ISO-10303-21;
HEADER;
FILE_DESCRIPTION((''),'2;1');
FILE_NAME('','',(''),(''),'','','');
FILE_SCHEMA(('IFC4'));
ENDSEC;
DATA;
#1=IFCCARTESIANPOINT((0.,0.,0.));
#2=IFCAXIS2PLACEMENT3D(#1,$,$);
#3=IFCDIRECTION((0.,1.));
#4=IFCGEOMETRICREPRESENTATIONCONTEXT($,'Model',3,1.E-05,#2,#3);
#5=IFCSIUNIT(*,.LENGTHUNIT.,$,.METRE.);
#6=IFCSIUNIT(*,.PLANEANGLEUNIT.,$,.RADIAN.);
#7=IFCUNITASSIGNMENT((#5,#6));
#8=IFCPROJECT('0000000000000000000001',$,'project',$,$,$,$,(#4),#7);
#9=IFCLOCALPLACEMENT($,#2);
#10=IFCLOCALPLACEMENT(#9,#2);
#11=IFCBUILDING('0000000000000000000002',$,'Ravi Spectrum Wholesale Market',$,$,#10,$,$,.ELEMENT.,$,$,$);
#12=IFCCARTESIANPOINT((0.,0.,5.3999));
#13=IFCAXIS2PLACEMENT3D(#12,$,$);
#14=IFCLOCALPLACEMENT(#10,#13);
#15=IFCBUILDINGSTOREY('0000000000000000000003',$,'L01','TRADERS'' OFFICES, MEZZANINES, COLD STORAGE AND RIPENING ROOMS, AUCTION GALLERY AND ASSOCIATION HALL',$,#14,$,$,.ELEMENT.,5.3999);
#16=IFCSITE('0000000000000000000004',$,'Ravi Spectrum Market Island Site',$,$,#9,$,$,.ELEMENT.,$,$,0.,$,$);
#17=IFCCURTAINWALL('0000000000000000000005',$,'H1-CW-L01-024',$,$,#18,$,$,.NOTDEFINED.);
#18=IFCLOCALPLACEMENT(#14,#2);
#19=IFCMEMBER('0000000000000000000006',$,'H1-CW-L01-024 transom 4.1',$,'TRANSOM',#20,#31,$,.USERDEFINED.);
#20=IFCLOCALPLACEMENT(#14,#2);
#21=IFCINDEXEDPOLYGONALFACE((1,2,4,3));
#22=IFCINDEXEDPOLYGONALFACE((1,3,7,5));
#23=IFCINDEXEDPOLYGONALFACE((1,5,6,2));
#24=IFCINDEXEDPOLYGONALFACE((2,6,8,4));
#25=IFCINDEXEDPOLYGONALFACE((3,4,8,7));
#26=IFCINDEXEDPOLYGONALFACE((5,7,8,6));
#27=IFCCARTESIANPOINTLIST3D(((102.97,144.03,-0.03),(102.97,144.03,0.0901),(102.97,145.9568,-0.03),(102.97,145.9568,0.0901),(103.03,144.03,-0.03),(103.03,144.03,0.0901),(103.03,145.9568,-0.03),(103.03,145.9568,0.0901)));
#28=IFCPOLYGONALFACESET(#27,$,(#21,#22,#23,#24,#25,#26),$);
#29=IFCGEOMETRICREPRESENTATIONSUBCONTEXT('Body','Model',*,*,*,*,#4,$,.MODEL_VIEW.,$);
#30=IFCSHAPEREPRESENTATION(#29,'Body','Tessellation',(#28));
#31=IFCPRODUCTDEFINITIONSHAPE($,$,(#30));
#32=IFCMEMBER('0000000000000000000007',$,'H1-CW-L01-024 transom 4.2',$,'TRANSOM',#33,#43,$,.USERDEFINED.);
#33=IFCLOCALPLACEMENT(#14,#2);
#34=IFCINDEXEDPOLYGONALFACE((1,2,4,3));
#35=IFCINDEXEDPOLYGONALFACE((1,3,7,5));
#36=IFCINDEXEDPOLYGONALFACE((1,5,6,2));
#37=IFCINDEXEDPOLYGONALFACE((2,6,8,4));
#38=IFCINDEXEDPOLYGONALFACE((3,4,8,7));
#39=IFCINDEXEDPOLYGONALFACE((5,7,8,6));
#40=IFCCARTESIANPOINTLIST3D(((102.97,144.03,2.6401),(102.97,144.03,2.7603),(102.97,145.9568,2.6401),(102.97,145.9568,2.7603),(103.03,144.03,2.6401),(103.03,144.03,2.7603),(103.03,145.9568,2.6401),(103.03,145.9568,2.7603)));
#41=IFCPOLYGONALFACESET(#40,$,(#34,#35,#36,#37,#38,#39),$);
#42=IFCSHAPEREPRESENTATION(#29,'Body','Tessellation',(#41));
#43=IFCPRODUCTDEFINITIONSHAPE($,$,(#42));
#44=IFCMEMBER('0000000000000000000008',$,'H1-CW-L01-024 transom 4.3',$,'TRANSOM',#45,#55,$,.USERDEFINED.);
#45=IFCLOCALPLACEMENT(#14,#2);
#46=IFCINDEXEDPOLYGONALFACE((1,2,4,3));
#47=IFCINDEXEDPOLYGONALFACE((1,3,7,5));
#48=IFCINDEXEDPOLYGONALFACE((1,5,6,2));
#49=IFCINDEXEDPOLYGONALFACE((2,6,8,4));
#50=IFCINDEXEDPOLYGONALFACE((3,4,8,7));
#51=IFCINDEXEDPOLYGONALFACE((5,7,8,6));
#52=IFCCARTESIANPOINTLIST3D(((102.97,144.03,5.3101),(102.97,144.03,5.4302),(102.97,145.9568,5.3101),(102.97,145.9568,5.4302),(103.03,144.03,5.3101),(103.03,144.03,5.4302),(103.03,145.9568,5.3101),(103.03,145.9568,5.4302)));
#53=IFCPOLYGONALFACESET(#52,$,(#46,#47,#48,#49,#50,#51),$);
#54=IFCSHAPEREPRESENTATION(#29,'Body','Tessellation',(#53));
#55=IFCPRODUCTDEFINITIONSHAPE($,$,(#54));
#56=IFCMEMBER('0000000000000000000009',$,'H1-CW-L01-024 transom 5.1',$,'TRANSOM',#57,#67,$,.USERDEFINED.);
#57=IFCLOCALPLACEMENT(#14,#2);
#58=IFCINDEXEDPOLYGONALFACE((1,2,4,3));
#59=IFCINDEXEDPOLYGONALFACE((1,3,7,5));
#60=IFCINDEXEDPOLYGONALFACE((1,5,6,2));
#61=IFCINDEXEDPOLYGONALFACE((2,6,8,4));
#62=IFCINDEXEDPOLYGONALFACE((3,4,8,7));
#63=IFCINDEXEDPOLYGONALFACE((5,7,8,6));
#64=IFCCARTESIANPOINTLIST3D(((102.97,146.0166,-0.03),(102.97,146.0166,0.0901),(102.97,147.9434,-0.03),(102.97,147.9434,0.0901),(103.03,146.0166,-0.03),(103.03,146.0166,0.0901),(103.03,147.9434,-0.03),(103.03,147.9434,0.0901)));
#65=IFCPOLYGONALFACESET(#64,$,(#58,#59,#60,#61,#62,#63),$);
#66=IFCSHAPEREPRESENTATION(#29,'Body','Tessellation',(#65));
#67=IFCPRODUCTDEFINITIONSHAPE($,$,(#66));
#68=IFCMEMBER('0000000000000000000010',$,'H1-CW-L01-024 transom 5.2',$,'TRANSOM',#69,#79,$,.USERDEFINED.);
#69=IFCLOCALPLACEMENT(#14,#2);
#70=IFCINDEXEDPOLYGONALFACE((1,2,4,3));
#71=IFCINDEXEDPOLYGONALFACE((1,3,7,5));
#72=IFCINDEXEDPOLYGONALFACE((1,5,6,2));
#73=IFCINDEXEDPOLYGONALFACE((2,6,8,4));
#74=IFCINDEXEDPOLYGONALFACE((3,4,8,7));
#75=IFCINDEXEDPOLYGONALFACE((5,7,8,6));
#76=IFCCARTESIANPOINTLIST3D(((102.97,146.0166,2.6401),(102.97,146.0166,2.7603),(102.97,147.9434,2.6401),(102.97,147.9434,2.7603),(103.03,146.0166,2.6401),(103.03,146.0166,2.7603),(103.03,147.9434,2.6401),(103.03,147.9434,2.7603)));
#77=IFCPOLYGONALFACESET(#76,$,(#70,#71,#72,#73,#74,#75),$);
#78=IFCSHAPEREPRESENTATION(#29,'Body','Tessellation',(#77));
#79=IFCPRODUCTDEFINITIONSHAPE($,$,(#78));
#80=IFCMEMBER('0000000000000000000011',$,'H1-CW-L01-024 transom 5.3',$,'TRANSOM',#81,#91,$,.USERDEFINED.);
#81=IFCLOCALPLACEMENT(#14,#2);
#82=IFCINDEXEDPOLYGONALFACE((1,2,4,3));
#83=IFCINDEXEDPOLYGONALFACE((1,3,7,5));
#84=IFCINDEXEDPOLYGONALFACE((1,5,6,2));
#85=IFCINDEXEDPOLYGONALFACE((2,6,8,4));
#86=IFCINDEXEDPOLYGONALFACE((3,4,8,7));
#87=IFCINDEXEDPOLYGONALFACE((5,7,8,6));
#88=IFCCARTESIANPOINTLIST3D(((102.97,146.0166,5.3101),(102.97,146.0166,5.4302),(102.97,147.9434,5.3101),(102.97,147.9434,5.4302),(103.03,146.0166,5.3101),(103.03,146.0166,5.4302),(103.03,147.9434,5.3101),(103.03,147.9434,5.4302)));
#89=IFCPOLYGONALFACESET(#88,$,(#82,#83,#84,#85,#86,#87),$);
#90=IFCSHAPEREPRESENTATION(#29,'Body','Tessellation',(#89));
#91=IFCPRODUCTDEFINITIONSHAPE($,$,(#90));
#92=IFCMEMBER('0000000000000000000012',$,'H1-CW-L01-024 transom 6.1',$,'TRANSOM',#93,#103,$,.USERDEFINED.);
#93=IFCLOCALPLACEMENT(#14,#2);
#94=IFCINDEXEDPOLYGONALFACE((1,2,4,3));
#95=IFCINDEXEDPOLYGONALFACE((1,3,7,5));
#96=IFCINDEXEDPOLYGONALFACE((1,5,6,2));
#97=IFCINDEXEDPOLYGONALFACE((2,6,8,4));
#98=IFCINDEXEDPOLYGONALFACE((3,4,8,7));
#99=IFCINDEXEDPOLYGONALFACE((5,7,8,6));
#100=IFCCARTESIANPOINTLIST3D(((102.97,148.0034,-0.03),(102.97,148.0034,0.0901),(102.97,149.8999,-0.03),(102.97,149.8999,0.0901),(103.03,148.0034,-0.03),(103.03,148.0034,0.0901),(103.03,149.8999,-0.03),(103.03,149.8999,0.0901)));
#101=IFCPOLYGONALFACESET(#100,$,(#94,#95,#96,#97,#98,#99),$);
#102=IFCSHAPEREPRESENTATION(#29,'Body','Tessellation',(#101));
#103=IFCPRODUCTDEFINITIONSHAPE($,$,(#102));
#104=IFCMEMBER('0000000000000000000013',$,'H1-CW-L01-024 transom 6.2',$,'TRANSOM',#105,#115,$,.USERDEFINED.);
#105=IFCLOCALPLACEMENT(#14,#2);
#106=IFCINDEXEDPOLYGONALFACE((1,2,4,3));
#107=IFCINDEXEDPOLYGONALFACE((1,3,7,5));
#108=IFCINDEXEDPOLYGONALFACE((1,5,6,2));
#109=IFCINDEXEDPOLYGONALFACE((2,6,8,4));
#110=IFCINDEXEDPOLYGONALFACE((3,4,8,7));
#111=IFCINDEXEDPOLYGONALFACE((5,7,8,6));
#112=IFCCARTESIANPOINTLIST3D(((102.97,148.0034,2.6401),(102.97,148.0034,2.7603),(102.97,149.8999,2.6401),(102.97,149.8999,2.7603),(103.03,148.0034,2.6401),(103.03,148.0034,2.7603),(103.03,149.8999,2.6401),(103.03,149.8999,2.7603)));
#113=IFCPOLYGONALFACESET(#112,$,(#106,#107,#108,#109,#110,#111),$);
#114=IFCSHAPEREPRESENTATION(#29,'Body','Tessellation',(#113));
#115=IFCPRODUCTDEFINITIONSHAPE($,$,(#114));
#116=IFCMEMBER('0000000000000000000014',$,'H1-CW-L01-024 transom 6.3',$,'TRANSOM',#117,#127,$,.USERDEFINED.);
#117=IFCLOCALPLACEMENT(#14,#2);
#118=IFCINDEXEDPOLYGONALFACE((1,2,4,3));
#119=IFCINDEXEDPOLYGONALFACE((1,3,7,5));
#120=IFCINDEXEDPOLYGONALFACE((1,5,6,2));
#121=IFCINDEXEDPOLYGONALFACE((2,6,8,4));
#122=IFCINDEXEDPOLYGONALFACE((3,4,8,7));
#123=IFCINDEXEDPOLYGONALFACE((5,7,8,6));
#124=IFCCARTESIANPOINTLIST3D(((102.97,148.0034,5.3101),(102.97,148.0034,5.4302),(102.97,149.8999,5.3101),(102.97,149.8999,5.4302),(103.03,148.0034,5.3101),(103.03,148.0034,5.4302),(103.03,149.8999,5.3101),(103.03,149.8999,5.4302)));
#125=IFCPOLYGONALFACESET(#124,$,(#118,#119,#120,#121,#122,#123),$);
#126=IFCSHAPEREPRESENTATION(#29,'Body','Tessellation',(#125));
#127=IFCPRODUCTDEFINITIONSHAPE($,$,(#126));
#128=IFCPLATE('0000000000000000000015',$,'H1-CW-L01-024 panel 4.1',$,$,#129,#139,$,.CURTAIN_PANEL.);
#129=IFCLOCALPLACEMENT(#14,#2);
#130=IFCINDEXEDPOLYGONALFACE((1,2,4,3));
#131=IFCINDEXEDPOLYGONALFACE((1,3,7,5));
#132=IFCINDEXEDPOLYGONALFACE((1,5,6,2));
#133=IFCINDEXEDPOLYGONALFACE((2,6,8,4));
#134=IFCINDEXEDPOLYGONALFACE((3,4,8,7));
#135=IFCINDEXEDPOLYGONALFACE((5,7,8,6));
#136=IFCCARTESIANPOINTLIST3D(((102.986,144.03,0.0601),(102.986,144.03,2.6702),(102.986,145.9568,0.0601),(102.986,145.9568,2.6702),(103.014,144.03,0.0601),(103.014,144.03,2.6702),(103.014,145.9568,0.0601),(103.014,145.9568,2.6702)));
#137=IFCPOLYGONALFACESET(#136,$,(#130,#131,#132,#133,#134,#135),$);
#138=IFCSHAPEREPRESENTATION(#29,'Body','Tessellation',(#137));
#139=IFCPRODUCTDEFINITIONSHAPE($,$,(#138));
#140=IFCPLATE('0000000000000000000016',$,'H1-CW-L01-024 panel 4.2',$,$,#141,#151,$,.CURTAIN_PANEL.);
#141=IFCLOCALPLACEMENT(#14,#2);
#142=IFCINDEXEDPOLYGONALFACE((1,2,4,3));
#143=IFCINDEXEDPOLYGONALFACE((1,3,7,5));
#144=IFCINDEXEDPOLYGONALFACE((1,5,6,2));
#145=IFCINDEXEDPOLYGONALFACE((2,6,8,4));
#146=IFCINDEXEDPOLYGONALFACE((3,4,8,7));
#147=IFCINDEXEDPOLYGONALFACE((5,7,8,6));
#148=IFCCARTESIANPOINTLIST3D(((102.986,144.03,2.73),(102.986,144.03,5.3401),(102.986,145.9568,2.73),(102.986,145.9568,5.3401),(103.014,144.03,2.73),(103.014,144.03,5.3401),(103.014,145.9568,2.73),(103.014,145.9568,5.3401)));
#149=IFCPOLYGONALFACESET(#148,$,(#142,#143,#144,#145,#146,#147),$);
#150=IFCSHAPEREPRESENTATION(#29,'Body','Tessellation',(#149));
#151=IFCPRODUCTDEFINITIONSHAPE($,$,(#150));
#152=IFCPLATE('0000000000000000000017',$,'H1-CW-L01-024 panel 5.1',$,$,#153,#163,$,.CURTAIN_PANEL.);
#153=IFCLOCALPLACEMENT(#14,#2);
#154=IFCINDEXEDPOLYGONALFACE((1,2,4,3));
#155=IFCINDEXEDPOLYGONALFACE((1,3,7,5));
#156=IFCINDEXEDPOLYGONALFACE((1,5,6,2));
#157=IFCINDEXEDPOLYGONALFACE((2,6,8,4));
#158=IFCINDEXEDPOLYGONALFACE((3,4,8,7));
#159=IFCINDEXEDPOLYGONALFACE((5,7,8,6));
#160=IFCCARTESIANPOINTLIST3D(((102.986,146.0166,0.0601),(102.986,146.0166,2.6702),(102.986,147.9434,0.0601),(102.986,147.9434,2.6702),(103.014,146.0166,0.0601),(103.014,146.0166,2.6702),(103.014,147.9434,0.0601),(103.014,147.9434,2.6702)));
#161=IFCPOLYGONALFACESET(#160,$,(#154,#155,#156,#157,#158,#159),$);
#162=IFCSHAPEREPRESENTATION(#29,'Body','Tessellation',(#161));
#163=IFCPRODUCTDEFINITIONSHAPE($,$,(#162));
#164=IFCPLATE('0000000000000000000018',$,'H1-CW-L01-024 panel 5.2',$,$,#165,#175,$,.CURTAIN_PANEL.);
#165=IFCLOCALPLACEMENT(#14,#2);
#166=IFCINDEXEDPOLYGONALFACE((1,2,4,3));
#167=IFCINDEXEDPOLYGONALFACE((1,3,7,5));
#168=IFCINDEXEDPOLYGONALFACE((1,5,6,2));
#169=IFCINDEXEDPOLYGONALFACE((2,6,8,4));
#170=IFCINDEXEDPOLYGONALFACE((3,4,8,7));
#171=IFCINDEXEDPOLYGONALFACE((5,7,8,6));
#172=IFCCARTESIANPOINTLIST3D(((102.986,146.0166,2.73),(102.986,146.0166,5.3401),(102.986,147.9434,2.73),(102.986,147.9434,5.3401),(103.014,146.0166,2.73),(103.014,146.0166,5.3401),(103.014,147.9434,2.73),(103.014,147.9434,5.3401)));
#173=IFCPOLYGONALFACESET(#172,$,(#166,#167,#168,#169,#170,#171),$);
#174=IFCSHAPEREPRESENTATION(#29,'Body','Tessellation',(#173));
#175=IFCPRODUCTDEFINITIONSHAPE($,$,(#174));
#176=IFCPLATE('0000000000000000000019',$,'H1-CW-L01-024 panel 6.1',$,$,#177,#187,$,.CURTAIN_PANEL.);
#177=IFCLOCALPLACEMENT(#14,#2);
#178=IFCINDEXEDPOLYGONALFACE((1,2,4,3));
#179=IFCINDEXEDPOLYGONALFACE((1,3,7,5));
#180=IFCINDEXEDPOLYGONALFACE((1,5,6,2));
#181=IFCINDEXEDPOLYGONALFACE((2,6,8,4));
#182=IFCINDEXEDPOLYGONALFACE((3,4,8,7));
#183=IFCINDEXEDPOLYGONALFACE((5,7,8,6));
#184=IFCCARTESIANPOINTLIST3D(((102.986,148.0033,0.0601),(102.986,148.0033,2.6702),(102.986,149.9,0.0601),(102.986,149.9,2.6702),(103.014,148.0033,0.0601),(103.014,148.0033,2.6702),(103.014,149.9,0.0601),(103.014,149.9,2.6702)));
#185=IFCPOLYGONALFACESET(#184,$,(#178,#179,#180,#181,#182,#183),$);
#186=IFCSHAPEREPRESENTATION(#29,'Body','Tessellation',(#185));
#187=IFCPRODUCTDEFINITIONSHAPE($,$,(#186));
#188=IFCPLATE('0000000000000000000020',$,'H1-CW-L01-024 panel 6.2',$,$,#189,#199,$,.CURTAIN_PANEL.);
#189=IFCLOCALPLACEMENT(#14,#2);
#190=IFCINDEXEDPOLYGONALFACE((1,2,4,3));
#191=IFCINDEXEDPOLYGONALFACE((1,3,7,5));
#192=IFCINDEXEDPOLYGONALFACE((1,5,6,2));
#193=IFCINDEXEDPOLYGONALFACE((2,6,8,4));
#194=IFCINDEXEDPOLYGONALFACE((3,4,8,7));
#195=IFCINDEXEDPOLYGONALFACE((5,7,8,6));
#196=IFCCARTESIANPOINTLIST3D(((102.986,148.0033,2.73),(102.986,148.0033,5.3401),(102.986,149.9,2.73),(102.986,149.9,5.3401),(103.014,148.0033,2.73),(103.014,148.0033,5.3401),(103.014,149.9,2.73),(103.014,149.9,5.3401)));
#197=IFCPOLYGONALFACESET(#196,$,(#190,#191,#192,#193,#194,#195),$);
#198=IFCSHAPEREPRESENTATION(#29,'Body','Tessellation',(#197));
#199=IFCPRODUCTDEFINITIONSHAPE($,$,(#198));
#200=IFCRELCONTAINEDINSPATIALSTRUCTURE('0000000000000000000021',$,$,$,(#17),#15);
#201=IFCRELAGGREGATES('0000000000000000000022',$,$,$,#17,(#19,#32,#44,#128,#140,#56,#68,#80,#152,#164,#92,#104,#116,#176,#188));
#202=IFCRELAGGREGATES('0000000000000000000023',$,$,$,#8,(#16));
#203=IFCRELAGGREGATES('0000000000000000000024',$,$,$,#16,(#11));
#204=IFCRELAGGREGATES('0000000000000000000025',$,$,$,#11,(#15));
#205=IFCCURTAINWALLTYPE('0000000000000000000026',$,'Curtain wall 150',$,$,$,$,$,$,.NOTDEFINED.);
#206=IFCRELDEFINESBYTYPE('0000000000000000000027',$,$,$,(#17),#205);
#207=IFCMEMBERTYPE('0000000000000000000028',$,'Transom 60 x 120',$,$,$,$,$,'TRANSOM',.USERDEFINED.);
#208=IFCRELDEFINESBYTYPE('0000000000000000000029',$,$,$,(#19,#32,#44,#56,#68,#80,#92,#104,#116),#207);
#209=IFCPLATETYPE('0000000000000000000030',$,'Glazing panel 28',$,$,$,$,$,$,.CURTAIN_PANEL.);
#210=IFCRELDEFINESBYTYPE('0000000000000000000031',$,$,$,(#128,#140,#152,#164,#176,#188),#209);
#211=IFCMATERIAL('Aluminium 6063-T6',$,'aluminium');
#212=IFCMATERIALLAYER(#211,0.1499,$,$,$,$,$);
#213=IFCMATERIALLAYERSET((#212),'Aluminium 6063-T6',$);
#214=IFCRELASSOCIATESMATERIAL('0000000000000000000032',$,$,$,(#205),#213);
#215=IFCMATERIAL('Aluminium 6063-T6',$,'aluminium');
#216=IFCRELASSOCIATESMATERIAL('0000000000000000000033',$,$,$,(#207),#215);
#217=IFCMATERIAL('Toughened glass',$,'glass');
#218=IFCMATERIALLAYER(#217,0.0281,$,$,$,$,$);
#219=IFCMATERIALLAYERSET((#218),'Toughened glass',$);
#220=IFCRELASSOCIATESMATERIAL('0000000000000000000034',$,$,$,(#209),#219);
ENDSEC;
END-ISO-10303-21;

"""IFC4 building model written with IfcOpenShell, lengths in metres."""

from ifc_helpers import new_model, si_unit, direction, frame, origin, origin_2d, place, context, subcontext, project, spatial, rectangle, extrude, material, layer, layer_set, material_profile, profile_set, type_object, element, aggregate, save


model = new_model("IFC4")

# Units and contexts
model_context = context("Model", 3, precision=1e-05, world=origin(), true_north=direction((0.0, 1.0)))
body_context = subcontext(model_context, "Body", "Model", "MODEL_VIEW")
ifc_project = project(units=[si_unit("LENGTHUNIT", "METRE"), si_unit("PLANEANGLEUNIT", "RADIAN")], contexts=[model_context])

# Site, building, storey
site_placement = place(None, origin())
site = spatial("IfcSite", under=ifc_project, at=site_placement, Name="Ravi Spectrum Market Island Site", CompositionType="ELEMENT", RefElevation=0.0)
building_placement = place(site_placement, origin())
building = spatial("IfcBuilding", under=site, at=building_placement, Name="Ravi Spectrum Wholesale Market", CompositionType="ELEMENT")
storey_placement = place(building_placement, frame((0.0, 0.0, 5.3999)))
storey = spatial("IfcBuildingStorey", under=building, at=storey_placement, Name="L01", Description="TRADERS' OFFICES, MEZZANINES, COLD STORAGE AND RIPENING ROOMS, AUCTION GALLERY AND ASSOCIATION HALL", CompositionType="ELEMENT", Elevation=5.3999)

# Curtain wall, members, plates
ifc_material_1 = material(Name="Aluminium 6063-T6", Category="aluminium")
ifc_layer_1 = layer(ifc_material_1, 0.1499)
ifc_layer_set_1 = layer_set([ifc_layer_1], Name="Aluminium 6063-T6")
curtain_wall_type = type_object("IfcCurtainWallType", Name="Curtain wall 150", PredefinedType="NOTDEFINED", material=ifc_layer_set_1)
curtain_wall_placement = place(storey_placement, origin())
curtain_wall = element("IfcCurtainWall", 1, at=curtain_wall_placement, inside=storey, type_object=curtain_wall_type, Name="H1-CW-L01-024", PredefinedType="NOTDEFINED")
ifc_material_2 = material(Name="Aluminium 6063-T6", Category="aluminium")
ifc_material_profile = material_profile(ifc_material_2, rectangle(XDim=0.0601, YDim=0.1201, at=origin_2d()))
ifc_profile_set = profile_set([ifc_material_profile], Name="Aluminium 6063-T6")
member_type = type_object("IfcMemberType", Name="Transom 60 x 120", ElementType="TRANSOM", PredefinedType="USERDEFINED", material=ifc_profile_set)
member_1_placement = place(storey_placement, frame((103.0, 144.03, 0.03), z_axis=(0.0, 1.0, 0.0), x_axis=(-1.0, 0.0, 0.0)))
member_1 = element("IfcMember", 2, at=member_1_placement, type_object=member_type, Name="H1-CW-L01-024 transom 4.1", ObjectType="TRANSOM", PredefinedType="USERDEFINED", context=body_context, shape_type="SweptSolid", body=[
    extrude(rectangle(XDim=0.0601, YDim=0.1201, at=origin_2d()), origin(), (0.0, 0.0, 1.0), 1.9268),
])
member_2_placement = place(storey_placement, frame((103.0, 144.03, 2.7002), z_axis=(0.0, 1.0, 0.0), x_axis=(-1.0, 0.0, 0.0)))
member_2 = element("IfcMember", 3, at=member_2_placement, type_object=member_type, Name="H1-CW-L01-024 transom 4.2", ObjectType="TRANSOM", PredefinedType="USERDEFINED", context=body_context, shape_type="SweptSolid", body=[
    extrude(rectangle(XDim=0.0601, YDim=0.1201, at=origin_2d()), origin(), (0.0, 0.0, 1.0), 1.9268),
])
member_3_placement = place(storey_placement, frame((103.0, 144.03, 5.3701), z_axis=(0.0, 1.0, 0.0), x_axis=(-1.0, 0.0, 0.0)))
member_3 = element("IfcMember", 4, at=member_3_placement, type_object=member_type, Name="H1-CW-L01-024 transom 4.3", ObjectType="TRANSOM", PredefinedType="USERDEFINED", context=body_context, shape_type="SweptSolid", body=[
    extrude(rectangle(XDim=0.0601, YDim=0.1201, at=origin_2d()), origin(), (0.0, 0.0, 1.0), 1.9268),
])
member_4_placement = place(storey_placement, frame((103.0, 146.0166, 0.03), z_axis=(0.0, 1.0, 0.0), x_axis=(-1.0, 0.0, 0.0)))
member_4 = element("IfcMember", 5, at=member_4_placement, type_object=member_type, Name="H1-CW-L01-024 transom 5.1", ObjectType="TRANSOM", PredefinedType="USERDEFINED", context=body_context, shape_type="SweptSolid", body=[
    extrude(rectangle(XDim=0.0601, YDim=0.1201, at=origin_2d()), origin(), (0.0, 0.0, 1.0), 1.9268),
])
member_5_placement = place(storey_placement, frame((103.0, 146.0166, 2.7002), z_axis=(0.0, 1.0, 0.0), x_axis=(-1.0, 0.0, 0.0)))
member_5 = element("IfcMember", 6, at=member_5_placement, type_object=member_type, Name="H1-CW-L01-024 transom 5.2", ObjectType="TRANSOM", PredefinedType="USERDEFINED", context=body_context, shape_type="SweptSolid", body=[
    extrude(rectangle(XDim=0.0601, YDim=0.1201, at=origin_2d()), origin(), (0.0, 0.0, 1.0), 1.9268),
])
member_6_placement = place(storey_placement, frame((103.0, 146.0166, 5.3701), z_axis=(0.0, 1.0, 0.0), x_axis=(-1.0, 0.0, 0.0)))
member_6 = element("IfcMember", 7, at=member_6_placement, type_object=member_type, Name="H1-CW-L01-024 transom 5.3", ObjectType="TRANSOM", PredefinedType="USERDEFINED", context=body_context, shape_type="SweptSolid", body=[
    extrude(rectangle(XDim=0.0601, YDim=0.1201, at=origin_2d()), origin(), (0.0, 0.0, 1.0), 1.9268),
])
member_7_placement = place(storey_placement, frame((103.0, 148.0034, 0.03), z_axis=(0.0, 1.0, 0.0), x_axis=(-1.0, 0.0, 0.0)))
member_7 = element("IfcMember", 8, at=member_7_placement, type_object=member_type, Name="H1-CW-L01-024 transom 6.1", ObjectType="TRANSOM", PredefinedType="USERDEFINED", context=body_context, shape_type="SweptSolid", body=[
    extrude(rectangle(XDim=0.0601, YDim=0.1201, at=origin_2d()), origin(), (0.0, 0.0, 1.0), 1.8965),
])
member_8_placement = place(storey_placement, frame((103.0, 148.0034, 2.7002), z_axis=(0.0, 1.0, 0.0), x_axis=(-1.0, 0.0, 0.0)))
member_8 = element("IfcMember", 9, at=member_8_placement, type_object=member_type, Name="H1-CW-L01-024 transom 6.2", ObjectType="TRANSOM", PredefinedType="USERDEFINED", context=body_context, shape_type="SweptSolid", body=[
    extrude(rectangle(XDim=0.0601, YDim=0.1201, at=origin_2d()), origin(), (0.0, 0.0, 1.0), 1.8965),
])
member_9_placement = place(storey_placement, frame((103.0, 148.0034, 5.3701), z_axis=(0.0, 1.0, 0.0), x_axis=(-1.0, 0.0, 0.0)))
member_9 = element("IfcMember", 10, at=member_9_placement, type_object=member_type, Name="H1-CW-L01-024 transom 6.3", ObjectType="TRANSOM", PredefinedType="USERDEFINED", context=body_context, shape_type="SweptSolid", body=[
    extrude(rectangle(XDim=0.0601, YDim=0.1201, at=origin_2d()), origin(), (0.0, 0.0, 1.0), 1.8965),
])
ifc_material_3 = material(Name="Toughened glass", Category="glass")
ifc_layer_2 = layer(ifc_material_3, 0.0281)
ifc_layer_set_2 = layer_set([ifc_layer_2], Name="Toughened glass")
plate_type = type_object("IfcPlateType", Name="Glazing panel 28", PredefinedType="CURTAIN_PANEL", material=ifc_layer_set_2)
plate_1_placement = place(storey_placement, frame((103.0, 144.9934, 0.0601), z_axis=(0.0, 0.0, 1.0), x_axis=(0.0, 1.0, 0.0)))
plate_1 = element("IfcPlate", 11, at=plate_1_placement, type_object=plate_type, Name="H1-CW-L01-024 panel 4.1", PredefinedType="CURTAIN_PANEL", context=body_context, shape_type="SweptSolid", body=[
    extrude(rectangle(XDim=1.9268, YDim=0.0281, at=origin_2d()), origin(), (0.0, 0.0, 1.0), 2.6101),
])
plate_2_placement = place(storey_placement, frame((103.0, 144.9934, 2.73), z_axis=(0.0, 0.0, 1.0), x_axis=(0.0, 1.0, 0.0)))
plate_2 = element("IfcPlate", 12, at=plate_2_placement, type_object=plate_type, Name="H1-CW-L01-024 panel 4.2", PredefinedType="CURTAIN_PANEL", context=body_context, shape_type="SweptSolid", body=[
    extrude(rectangle(XDim=1.9268, YDim=0.0281, at=origin_2d()), origin(), (0.0, 0.0, 1.0), 2.6101),
])
plate_3_placement = place(storey_placement, frame((103.0, 146.98, 0.0601), z_axis=(0.0, 0.0, 1.0), x_axis=(0.0, 1.0, 0.0)))
plate_3 = element("IfcPlate", 13, at=plate_3_placement, type_object=plate_type, Name="H1-CW-L01-024 panel 5.1", PredefinedType="CURTAIN_PANEL", context=body_context, shape_type="SweptSolid", body=[
    extrude(rectangle(XDim=1.9268, YDim=0.0281, at=origin_2d()), origin(), (0.0, 0.0, 1.0), 2.6101),
])
plate_4_placement = place(storey_placement, frame((103.0, 146.98, 2.73), z_axis=(0.0, 0.0, 1.0), x_axis=(0.0, 1.0, 0.0)))
plate_4 = element("IfcPlate", 14, at=plate_4_placement, type_object=plate_type, Name="H1-CW-L01-024 panel 5.2", PredefinedType="CURTAIN_PANEL", context=body_context, shape_type="SweptSolid", body=[
    extrude(rectangle(XDim=1.9268, YDim=0.0281, at=origin_2d()), origin(), (0.0, 0.0, 1.0), 2.6101),
])
plate_5_placement = place(storey_placement, frame((103.0, 148.9517, 0.0601), z_axis=(0.0, 0.0, 1.0), x_axis=(0.0, 1.0, 0.0)))
plate_5 = element("IfcPlate", 15, at=plate_5_placement, type_object=plate_type, Name="H1-CW-L01-024 panel 6.1", PredefinedType="CURTAIN_PANEL", context=body_context, shape_type="SweptSolid", body=[
    extrude(rectangle(XDim=1.8967, YDim=0.0281, at=origin_2d()), origin(), (0.0, 0.0, 1.0), 2.6101),
])
plate_6_placement = place(storey_placement, frame((103.0, 148.9517, 2.73), z_axis=(0.0, 0.0, 1.0), x_axis=(0.0, 1.0, 0.0)))
plate_6 = element("IfcPlate", 16, at=plate_6_placement, type_object=plate_type, Name="H1-CW-L01-024 panel 6.2", PredefinedType="CURTAIN_PANEL", context=body_context, shape_type="SweptSolid", body=[
    extrude(rectangle(XDim=1.8967, YDim=0.0281, at=origin_2d()), origin(), (0.0, 0.0, 1.0), 2.6101),
])
aggregate(curtain_wall, [member_1, member_2, member_3, plate_1, plate_2, member_4, member_5, member_6, plate_3, plate_4, member_7, member_8, member_9, plate_5, plate_6])

save(model, "model.ifc")
